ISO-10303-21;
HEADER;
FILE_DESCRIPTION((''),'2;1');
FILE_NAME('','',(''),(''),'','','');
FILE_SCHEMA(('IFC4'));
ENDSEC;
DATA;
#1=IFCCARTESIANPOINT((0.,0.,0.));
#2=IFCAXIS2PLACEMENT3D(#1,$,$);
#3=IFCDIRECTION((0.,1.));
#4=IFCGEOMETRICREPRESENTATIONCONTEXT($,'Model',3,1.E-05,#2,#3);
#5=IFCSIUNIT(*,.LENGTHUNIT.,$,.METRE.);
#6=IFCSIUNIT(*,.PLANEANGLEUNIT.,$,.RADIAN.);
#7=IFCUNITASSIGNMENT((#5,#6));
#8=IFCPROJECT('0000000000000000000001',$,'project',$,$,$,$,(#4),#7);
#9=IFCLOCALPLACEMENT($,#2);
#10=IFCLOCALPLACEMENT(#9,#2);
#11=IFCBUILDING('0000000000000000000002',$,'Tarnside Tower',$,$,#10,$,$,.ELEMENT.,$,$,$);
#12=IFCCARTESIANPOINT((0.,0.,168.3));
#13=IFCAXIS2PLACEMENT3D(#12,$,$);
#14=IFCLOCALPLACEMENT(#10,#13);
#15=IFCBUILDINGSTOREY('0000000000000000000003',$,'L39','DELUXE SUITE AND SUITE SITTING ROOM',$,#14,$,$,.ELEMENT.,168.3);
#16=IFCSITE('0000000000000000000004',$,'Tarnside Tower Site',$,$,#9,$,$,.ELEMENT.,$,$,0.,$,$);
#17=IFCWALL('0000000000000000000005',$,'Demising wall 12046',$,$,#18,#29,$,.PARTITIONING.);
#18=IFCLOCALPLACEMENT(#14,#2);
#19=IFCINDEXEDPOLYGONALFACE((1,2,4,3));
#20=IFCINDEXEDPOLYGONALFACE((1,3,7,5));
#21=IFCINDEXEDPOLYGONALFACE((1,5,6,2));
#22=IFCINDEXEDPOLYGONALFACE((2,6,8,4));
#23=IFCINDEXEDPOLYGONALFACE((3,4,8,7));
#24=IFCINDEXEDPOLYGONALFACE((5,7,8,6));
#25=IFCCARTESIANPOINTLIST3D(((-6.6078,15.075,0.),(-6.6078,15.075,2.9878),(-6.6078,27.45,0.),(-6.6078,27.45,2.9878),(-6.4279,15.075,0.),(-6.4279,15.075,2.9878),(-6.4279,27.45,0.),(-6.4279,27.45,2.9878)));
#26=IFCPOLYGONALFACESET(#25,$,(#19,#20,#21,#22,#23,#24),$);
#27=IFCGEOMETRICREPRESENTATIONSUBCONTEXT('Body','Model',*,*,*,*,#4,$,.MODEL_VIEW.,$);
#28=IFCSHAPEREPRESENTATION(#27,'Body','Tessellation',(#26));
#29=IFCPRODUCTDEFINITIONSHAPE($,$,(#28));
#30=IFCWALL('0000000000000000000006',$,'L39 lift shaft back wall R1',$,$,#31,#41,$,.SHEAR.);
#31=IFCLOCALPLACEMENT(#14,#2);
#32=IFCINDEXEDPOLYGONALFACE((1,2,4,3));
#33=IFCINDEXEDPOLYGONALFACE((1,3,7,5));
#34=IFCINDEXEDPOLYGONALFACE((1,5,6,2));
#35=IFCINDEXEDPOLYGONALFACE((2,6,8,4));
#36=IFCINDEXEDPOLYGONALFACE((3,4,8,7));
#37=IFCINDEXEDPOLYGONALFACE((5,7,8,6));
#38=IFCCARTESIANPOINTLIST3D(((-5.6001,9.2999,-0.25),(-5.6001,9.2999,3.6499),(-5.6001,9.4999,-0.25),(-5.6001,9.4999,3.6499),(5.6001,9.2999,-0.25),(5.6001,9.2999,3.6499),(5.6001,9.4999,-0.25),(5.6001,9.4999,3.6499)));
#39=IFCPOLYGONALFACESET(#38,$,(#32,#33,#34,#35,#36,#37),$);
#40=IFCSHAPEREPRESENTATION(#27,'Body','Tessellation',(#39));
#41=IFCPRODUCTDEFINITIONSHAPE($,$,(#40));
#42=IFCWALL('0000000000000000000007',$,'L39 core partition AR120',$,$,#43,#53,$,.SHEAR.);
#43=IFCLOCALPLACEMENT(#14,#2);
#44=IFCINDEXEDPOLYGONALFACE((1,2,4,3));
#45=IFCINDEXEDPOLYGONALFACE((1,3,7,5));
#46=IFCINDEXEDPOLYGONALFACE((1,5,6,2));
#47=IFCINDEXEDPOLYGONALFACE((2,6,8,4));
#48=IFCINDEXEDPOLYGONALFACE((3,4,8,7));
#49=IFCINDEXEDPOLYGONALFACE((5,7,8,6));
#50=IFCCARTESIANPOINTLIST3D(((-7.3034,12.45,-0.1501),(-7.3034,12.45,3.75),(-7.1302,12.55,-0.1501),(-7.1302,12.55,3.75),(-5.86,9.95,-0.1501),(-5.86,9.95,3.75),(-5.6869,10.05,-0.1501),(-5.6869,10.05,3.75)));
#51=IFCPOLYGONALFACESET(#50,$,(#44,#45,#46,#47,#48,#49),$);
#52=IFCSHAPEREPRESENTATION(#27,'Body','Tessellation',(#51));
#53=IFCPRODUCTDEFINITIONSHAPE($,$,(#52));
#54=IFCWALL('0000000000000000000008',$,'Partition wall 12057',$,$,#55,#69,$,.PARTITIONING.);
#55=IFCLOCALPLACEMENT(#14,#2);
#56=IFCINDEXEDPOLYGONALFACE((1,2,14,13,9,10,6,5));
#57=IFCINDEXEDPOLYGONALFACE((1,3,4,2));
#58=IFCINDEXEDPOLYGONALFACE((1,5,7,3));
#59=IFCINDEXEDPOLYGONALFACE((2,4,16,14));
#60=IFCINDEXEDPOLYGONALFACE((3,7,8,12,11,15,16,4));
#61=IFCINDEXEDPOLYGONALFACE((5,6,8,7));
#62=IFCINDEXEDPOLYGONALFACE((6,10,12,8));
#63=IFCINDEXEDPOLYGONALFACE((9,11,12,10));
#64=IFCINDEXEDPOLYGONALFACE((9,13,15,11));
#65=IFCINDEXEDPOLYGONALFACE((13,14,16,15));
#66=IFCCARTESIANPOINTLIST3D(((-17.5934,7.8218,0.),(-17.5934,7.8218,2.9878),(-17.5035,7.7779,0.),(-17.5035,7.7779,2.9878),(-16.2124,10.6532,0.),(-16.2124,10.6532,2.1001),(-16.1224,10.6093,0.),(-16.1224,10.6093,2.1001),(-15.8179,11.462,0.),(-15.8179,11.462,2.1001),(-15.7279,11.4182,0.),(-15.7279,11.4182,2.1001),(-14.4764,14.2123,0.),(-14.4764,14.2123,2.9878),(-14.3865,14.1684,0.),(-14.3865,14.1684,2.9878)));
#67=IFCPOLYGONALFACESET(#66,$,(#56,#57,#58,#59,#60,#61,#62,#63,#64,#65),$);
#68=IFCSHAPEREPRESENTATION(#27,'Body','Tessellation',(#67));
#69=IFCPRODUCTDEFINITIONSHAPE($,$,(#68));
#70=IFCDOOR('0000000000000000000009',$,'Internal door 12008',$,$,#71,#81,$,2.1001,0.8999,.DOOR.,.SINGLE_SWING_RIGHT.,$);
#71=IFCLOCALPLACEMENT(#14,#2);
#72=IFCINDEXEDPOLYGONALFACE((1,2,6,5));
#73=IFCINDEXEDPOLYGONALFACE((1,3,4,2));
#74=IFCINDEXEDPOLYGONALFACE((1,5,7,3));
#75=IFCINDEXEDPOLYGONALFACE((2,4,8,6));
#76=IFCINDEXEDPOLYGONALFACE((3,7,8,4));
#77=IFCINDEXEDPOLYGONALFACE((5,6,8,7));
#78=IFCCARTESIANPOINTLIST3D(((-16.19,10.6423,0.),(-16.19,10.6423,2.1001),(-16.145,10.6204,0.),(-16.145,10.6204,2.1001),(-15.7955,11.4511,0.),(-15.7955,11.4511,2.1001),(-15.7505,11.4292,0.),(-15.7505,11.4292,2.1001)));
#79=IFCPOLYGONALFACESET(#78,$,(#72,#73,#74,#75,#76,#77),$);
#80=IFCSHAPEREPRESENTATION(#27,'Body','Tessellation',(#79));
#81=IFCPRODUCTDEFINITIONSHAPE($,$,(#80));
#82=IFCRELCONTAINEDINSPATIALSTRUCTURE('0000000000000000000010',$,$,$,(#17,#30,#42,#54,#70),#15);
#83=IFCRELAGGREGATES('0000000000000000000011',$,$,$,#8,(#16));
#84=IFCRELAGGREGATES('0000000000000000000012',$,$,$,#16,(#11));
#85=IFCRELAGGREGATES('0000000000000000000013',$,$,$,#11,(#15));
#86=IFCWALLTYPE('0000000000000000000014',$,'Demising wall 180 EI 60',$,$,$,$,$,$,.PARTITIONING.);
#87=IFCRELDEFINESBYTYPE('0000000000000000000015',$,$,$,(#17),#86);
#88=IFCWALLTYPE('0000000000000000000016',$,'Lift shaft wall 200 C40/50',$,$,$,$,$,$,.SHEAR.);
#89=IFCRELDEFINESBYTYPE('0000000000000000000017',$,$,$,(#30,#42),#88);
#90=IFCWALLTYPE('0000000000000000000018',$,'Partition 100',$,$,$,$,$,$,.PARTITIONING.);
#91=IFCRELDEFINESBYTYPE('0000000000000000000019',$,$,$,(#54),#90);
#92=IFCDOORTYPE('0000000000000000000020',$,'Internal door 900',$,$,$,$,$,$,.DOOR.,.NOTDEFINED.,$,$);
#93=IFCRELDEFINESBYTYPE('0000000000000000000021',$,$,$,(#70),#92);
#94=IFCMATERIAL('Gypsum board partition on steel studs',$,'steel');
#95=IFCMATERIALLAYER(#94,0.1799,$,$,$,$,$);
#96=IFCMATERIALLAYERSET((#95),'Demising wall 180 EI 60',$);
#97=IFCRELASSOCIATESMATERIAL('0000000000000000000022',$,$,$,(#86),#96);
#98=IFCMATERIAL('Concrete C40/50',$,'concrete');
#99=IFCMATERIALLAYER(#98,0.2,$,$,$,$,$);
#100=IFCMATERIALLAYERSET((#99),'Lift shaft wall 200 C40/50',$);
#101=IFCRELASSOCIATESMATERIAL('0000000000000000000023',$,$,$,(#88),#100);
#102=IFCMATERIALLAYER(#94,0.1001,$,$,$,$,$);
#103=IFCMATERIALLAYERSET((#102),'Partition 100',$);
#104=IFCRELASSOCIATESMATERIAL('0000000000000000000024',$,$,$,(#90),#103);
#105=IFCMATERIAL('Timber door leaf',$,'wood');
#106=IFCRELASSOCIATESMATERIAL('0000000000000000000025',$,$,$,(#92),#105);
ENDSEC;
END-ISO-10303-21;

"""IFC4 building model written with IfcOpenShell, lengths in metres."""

from ifc_helpers import new_model, si_unit, direction, frame, frame_2d, origin, place, context, subcontext, project, spatial, rectangle, extrude, material, layer, layer_set, type_object, element, fill, save


model = new_model("IFC4")

# Units and contexts
model_context = context("Model", 3, precision=1e-05, world=origin(), true_north=direction((0.0, 1.0)))
body_context = subcontext(model_context, "Body", "Model", "MODEL_VIEW")
ifc_project = project(units=[si_unit("LENGTHUNIT", "METRE"), si_unit("PLANEANGLEUNIT", "RADIAN")], contexts=[model_context])

# Site, building, storey
site_placement = place(None, origin())
site = spatial("IfcSite", under=ifc_project, at=site_placement, Name="Tarnside Tower Site", CompositionType="ELEMENT", RefElevation=0.0)
building_placement = place(site_placement, origin())
building = spatial("IfcBuilding", under=site, at=building_placement, Name="Tarnside Tower", CompositionType="ELEMENT")
storey_placement = place(building_placement, frame((0.0, 0.0, 168.3)))
storey = spatial("IfcBuildingStorey", under=building, at=storey_placement, Name="L39", Description="DELUXE SUITE AND SUITE SITTING ROOM", CompositionType="ELEMENT", Elevation=168.3)

# Shared definitions
ifc_material_1 = material(Name="Gypsum board partition on steel studs", Category="steel")

# Shared definitions
ifc_material_2 = material(Name="Timber door leaf", Category="wood")

# Walls
ifc_layer_1 = layer(ifc_material_1, 0.1799)
ifc_layer_set_1 = layer_set([ifc_layer_1], Name="Demising wall 180 EI 60")
wall_type_1 = type_object("IfcWallType", Name="Demising wall 180 EI 60", PredefinedType="PARTITIONING", material=ifc_layer_set_1)
for number, where, z_axis, x_axis, name in (
    (1, (-6.5178, 27.45, 0.0), (0.0, 0.0, 1.0), (0.0, -1.0, 0.0), "Demising wall 12046"),
):
    element("IfcWall", number, at=place(storey_placement, frame(where, z_axis=z_axis, x_axis=x_axis)), inside=storey, type_object=wall_type_1, Name=name, PredefinedType="PARTITIONING", context=body_context, shape_type="SweptSolid", body=[
        extrude(rectangle(XDim=12.375, YDim=0.1799, at=frame_2d((6.1875, 0.0))), origin(), (0.0, 0.0, 1.0), 2.9878),
    ])
ifc_material_3 = material(Name="Concrete C40/50", Category="concrete")
ifc_layer_2 = layer(ifc_material_3, 0.2)
ifc_layer_set_2 = layer_set([ifc_layer_2], Name="Lift shaft wall 200 C40/50")
wall_type_2 = type_object("IfcWallType", Name="Lift shaft wall 200 C40/50", PredefinedType="SHEAR", material=ifc_layer_set_2)
wall_1_placement = place(storey_placement, frame((-5.6001, 9.3999, -0.25), z_axis=(0.0, 0.0, 1.0), x_axis=(1.0, 0.0, 0.0)))
element("IfcWall", 2, at=wall_1_placement, inside=storey, type_object=wall_type_2, Name="L39 lift shaft back wall R1", PredefinedType="SHEAR", context=body_context, shape_type="SweptSolid", body=[
    extrude(rectangle(XDim=11.2002, YDim=0.2, at=frame_2d((5.6001, 0.0))), origin(), (0.0, 0.0, 1.0), 3.8999),
])
wall_2_placement = place(storey_placement, frame((-5.7734, 10.0, -0.1501), z_axis=(0.0, 0.0, 1.0), x_axis=(-0.499996, 0.866028, 0.0)))
element("IfcWall", 3, at=wall_2_placement, inside=storey, type_object=wall_type_2, Name="L39 core partition AR120", PredefinedType="SHEAR", context=body_context, shape_type="SweptSolid", body=[
    extrude(rectangle(XDim=2.8867, YDim=0.2, at=frame_2d((1.4434, 0.0))), origin(), (0.0, 0.0, 1.0), 3.9001),
])

# Wall, opening, door
ifc_layer_3 = layer(ifc_material_1, 0.1001)
ifc_layer_set_3 = layer_set([ifc_layer_3], Name="Partition 100")
wall_type_3 = type_object("IfcWallType", Name="Partition 100", PredefinedType="PARTITIONING", material=ifc_layer_set_3)
wall_3_placement = place(storey_placement, frame((-14.4314, 14.1904, 0.0), z_axis=(0.0, 0.0, 1.0), x_axis=(-0.438388, -0.898786, 0.0)))
wall_3 = element("IfcWall", 4, at=wall_3_placement, inside=storey, type_object=wall_type_3, Name="Partition wall 12057", PredefinedType="PARTITIONING", context=body_context, shape_type="SweptSolid", body=[
    extrude(rectangle(XDim=7.1101, YDim=0.1001, at=frame_2d((3.5552, 0.0))), origin(), (0.0, 0.0, 1.0), 2.9878),
])
opening_1_placement = place(wall_3_placement, frame((3.0601, 0.0, 0.0)))
opening_1 = element("IfcOpeningElement", 5, at=opening_1_placement, cuts=wall_3, PredefinedType="OPENING", context=body_context, shape_type="SweptSolid", body=[
    extrude(rectangle(XDim=0.8999, YDim=2.1001, at=frame_2d((0.45, 1.05))), frame((0.0, 0.0601, 0.0), z_axis=(0.0, -1.0, 0.0), x_axis=(1.0, 0.0, 0.0)), (0.0, 0.0, 1.0), 0.1201),
])
door_type_1 = type_object("IfcDoorType", Name="Internal door 900", OperationType="NOTDEFINED", PredefinedType="DOOR", material=ifc_material_2)
door_1_placement = place(opening_1_placement, origin())
door_1 = element("IfcDoor", 6, at=door_1_placement, inside=storey, type_object=door_type_1, Name="Internal door 12008", OperationType="SINGLE_SWING_RIGHT", OverallHeight=2.1001, OverallWidth=0.8999, PredefinedType="DOOR", context=body_context, shape_type="SweptSolid", body=[
    extrude(rectangle(XDim=0.8999, YDim=2.1001, at=frame_2d((0.45, 1.05))), frame((0.0, 0.0249, 0.0), z_axis=(0.0, -1.0, 0.0), x_axis=(1.0, 0.0, 0.0)), (0.0, 0.0, 1.0), 0.05),
])
fill(opening_1, door_1)

save(model, "model.ifc")
